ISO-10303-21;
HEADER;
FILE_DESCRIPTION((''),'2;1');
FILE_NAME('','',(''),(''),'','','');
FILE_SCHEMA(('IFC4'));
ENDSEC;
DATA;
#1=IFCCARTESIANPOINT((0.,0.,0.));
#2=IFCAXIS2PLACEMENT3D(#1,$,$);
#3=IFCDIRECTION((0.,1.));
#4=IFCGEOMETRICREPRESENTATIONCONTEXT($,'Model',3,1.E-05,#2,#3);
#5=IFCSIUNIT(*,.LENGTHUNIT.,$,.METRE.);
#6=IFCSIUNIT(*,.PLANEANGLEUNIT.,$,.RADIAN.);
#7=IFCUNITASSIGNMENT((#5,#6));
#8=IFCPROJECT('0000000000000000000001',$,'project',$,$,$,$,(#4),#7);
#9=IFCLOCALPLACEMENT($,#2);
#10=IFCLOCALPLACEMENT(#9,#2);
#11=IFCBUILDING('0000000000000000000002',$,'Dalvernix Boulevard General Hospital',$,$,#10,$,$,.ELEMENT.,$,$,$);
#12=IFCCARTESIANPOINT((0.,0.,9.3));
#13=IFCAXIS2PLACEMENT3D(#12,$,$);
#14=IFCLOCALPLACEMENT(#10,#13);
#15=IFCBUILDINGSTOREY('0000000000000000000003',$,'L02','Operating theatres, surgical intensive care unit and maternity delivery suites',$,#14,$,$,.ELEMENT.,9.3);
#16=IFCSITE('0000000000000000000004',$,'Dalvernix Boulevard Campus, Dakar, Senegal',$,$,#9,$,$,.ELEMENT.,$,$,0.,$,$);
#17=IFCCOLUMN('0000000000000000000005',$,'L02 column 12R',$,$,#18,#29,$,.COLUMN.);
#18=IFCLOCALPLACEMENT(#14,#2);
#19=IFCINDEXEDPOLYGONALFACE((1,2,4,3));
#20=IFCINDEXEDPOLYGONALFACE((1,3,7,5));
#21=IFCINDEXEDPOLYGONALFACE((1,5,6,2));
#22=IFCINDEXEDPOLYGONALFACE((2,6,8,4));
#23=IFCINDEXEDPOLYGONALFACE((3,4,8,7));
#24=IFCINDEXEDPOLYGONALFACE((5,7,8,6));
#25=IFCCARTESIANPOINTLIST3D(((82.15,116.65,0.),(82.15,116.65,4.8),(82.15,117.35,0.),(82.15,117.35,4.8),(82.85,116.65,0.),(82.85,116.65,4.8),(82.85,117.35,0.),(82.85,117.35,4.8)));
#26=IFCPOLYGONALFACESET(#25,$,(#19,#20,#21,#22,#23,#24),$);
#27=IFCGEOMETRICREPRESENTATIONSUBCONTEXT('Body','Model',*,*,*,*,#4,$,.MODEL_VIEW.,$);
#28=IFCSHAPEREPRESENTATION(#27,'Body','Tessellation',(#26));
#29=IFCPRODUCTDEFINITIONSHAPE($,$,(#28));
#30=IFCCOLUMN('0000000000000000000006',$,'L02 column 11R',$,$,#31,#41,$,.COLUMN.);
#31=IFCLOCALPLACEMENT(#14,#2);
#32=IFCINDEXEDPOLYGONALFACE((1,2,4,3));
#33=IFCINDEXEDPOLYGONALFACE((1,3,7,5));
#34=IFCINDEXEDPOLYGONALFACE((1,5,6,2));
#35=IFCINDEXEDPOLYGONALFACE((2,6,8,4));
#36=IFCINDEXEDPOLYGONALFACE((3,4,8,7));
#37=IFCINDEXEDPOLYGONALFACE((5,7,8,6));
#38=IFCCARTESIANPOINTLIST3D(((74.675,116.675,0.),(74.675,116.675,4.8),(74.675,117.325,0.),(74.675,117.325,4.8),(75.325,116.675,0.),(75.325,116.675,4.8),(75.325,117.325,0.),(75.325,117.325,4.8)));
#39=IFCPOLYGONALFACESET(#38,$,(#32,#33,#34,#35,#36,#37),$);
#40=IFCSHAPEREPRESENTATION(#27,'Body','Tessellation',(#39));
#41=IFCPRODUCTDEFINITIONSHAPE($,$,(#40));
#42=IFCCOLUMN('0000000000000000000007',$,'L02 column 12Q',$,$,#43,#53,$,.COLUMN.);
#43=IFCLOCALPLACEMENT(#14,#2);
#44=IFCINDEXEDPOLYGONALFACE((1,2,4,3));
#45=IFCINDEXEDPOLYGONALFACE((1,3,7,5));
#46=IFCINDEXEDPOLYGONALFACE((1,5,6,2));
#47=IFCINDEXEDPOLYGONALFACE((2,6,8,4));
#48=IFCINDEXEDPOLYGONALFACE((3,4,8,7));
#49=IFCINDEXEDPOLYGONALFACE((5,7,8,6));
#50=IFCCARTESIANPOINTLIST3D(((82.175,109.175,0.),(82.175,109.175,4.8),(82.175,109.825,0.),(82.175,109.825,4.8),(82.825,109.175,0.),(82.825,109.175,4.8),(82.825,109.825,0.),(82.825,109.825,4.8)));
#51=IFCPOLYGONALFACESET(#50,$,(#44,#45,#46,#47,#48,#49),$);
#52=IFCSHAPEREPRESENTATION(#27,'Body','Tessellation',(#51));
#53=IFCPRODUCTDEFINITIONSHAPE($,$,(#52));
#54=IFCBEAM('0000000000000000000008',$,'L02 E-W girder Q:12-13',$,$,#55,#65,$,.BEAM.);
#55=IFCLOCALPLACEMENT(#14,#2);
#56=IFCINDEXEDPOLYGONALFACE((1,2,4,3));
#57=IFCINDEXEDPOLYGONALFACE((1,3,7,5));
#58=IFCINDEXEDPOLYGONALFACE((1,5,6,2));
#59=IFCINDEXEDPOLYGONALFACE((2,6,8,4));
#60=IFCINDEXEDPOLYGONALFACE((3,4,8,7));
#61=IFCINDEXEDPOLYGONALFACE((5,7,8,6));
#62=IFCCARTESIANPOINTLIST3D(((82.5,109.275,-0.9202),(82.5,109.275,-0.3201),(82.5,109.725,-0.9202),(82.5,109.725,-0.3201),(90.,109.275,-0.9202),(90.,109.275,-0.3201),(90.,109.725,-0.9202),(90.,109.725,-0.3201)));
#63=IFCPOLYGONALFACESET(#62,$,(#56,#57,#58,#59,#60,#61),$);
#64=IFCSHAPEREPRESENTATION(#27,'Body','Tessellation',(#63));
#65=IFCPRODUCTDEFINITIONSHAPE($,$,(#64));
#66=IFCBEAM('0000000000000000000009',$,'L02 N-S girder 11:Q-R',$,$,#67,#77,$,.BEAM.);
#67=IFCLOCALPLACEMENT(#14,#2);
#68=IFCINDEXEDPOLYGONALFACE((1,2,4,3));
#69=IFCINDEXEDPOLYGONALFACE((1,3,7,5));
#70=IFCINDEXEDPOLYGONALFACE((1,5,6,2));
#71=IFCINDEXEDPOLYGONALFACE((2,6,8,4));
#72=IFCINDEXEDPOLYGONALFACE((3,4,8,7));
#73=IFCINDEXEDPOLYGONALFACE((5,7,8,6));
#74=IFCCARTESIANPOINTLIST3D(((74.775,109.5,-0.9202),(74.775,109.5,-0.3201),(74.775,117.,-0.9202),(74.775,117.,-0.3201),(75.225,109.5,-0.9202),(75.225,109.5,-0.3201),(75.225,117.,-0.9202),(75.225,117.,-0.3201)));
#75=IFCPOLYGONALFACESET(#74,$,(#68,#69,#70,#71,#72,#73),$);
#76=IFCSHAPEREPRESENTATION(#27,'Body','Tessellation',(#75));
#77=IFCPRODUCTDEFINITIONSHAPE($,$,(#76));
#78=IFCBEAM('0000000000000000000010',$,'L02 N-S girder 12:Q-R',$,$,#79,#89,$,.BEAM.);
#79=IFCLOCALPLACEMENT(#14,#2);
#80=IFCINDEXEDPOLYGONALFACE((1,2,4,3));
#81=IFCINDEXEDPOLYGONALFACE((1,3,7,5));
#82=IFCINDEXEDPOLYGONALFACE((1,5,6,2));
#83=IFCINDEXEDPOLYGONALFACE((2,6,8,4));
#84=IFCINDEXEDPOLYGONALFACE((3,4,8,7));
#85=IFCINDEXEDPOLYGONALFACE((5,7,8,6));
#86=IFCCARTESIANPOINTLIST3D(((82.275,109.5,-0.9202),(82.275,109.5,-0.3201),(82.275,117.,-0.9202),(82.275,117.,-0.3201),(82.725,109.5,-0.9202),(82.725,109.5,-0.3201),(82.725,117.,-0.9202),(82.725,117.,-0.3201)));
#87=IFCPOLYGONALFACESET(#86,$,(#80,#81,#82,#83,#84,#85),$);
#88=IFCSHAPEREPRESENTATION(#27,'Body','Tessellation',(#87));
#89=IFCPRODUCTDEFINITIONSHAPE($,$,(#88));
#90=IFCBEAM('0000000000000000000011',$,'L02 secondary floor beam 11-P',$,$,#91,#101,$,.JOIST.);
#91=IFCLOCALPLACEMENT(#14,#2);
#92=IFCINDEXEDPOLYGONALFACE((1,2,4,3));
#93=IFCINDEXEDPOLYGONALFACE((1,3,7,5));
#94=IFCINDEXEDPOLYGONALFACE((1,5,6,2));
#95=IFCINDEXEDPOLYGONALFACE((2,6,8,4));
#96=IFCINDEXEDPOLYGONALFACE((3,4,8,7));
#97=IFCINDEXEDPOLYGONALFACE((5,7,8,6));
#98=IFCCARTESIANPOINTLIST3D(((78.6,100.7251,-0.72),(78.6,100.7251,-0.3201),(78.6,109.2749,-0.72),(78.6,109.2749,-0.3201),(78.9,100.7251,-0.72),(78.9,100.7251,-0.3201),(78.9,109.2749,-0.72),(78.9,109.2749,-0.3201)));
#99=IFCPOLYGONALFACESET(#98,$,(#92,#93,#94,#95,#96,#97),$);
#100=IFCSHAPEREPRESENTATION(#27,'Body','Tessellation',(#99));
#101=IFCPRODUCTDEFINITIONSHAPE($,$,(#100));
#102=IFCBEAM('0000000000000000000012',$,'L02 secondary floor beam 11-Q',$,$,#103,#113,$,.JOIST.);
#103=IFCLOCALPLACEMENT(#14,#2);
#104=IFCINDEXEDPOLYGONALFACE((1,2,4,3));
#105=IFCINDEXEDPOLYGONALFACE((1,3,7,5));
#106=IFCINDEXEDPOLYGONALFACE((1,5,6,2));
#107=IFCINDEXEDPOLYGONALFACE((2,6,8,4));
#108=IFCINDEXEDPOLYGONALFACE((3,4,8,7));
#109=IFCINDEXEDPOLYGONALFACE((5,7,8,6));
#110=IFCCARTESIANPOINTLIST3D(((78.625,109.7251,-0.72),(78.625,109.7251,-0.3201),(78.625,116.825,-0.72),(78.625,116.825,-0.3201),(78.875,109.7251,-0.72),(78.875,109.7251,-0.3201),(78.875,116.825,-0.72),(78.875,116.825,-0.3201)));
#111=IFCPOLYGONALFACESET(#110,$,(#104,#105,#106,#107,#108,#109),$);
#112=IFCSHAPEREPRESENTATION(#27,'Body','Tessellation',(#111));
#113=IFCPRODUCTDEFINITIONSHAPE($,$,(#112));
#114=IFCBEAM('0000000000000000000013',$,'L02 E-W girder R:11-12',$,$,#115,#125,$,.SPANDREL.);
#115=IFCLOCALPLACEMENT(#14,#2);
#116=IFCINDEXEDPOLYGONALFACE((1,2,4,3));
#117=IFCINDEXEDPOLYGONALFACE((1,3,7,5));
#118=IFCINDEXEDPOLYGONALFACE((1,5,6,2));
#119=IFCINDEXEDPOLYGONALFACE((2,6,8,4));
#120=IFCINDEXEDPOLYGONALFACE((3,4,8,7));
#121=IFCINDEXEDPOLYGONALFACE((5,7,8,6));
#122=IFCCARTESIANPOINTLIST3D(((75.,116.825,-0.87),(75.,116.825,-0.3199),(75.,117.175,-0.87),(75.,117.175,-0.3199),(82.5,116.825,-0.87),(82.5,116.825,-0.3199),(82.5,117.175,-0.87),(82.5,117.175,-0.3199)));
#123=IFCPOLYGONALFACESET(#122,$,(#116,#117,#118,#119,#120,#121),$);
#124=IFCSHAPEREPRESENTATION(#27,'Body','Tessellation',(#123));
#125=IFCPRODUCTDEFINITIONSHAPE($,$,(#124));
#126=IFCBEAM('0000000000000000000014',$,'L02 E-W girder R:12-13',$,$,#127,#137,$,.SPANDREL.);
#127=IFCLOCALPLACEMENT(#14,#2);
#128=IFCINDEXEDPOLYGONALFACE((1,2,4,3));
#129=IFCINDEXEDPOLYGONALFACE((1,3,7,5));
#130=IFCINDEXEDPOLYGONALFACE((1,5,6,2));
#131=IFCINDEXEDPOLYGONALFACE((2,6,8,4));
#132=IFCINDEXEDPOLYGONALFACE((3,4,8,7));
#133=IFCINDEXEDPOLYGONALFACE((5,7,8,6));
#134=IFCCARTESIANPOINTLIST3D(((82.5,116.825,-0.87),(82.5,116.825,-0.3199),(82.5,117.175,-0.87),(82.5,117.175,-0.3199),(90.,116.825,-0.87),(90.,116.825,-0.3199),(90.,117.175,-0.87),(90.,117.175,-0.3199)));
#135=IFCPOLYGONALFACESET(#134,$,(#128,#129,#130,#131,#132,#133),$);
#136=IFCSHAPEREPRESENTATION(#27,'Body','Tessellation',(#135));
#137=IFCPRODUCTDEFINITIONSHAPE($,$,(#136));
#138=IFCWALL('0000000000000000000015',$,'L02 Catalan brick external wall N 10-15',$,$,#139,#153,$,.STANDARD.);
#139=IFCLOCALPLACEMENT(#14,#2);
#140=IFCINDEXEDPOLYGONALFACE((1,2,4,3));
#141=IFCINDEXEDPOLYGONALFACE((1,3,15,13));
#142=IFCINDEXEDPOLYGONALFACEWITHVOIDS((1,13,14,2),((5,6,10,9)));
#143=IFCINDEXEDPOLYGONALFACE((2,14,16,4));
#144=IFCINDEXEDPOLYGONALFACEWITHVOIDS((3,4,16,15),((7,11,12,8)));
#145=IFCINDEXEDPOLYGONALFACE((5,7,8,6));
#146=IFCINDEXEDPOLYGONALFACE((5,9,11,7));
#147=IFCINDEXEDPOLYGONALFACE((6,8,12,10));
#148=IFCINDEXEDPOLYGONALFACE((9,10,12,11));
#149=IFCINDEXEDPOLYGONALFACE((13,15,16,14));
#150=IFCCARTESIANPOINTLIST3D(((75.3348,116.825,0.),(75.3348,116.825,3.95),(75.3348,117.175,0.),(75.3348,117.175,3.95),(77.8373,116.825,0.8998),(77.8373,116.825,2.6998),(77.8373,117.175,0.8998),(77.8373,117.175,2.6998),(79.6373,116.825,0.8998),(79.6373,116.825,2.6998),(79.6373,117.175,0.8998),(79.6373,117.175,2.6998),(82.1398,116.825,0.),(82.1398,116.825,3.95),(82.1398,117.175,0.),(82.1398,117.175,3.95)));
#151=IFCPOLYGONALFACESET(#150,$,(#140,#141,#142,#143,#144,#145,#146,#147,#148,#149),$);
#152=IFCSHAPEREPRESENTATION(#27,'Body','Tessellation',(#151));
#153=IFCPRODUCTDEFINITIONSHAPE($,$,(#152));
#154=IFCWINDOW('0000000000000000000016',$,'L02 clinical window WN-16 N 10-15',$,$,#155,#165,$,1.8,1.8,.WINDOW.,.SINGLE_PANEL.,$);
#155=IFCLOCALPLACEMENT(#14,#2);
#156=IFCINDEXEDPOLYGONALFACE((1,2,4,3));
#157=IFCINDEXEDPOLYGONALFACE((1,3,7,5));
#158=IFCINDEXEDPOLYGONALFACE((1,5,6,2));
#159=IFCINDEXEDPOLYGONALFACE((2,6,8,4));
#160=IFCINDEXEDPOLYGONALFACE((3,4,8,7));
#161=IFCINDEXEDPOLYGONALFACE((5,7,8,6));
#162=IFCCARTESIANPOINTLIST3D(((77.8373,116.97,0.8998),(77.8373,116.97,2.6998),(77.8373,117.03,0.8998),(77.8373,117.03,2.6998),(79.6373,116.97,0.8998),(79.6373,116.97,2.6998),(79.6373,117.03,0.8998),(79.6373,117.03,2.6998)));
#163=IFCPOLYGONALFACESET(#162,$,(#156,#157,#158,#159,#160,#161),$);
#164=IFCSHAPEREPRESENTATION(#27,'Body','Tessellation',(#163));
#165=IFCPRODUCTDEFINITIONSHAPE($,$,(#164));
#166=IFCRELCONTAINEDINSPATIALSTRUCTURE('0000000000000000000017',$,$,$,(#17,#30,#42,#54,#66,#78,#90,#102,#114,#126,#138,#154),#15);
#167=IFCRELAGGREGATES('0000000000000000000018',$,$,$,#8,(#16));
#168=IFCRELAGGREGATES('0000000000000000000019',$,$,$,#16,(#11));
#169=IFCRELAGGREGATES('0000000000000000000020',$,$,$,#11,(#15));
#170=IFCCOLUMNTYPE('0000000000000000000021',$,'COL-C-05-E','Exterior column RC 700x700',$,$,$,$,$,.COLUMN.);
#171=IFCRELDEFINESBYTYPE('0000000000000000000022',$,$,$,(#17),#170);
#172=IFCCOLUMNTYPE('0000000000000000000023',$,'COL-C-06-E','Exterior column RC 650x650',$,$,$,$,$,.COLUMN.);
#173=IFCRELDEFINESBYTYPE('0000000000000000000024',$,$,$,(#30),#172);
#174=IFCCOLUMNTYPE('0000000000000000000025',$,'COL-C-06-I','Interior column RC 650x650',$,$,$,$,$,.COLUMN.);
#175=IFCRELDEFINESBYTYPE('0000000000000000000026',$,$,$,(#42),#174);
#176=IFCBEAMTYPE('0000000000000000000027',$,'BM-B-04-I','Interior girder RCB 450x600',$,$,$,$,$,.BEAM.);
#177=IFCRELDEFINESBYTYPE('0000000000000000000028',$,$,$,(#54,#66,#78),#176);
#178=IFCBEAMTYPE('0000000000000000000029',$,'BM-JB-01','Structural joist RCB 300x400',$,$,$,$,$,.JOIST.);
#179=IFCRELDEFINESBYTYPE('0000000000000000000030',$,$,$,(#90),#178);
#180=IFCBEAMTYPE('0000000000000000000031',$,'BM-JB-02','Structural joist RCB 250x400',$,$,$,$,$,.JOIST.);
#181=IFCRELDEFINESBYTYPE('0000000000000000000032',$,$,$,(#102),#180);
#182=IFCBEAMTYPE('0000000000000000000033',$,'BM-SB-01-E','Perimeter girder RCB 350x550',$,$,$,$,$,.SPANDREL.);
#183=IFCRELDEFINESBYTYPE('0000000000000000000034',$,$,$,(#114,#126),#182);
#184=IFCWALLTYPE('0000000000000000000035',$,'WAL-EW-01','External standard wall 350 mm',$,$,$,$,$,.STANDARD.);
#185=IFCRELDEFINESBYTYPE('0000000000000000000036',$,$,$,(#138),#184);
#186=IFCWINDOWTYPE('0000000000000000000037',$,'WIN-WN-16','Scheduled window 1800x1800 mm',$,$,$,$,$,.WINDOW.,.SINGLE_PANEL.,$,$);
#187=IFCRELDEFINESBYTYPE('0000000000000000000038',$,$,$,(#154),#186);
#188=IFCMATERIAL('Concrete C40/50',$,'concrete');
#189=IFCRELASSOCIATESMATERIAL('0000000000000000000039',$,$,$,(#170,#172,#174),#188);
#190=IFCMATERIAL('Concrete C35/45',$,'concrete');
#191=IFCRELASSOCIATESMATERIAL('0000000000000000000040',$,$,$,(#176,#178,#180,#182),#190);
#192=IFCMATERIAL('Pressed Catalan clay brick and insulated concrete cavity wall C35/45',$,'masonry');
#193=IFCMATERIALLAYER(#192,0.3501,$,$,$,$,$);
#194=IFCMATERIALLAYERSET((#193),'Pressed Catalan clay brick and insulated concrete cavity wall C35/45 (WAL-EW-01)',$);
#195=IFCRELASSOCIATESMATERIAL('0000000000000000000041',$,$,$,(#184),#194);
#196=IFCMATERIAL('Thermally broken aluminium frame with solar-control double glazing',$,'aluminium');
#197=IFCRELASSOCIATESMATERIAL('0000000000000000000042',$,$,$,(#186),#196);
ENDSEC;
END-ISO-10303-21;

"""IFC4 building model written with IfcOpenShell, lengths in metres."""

from ifc_helpers import new_model, si_unit, direction, frame, frame_2d, origin, origin_2d, place, context, subcontext, project, spatial, rectangle, extrude, material, layer, layer_set, material_profile, profile_set, type_object, element, fill, save


model = new_model("IFC4")

# Units and contexts
model_context = context("Model", 3, precision=1e-05, world=origin(), true_north=direction((0.0, 1.0)))
body_context = subcontext(model_context, "Body", "Model", "MODEL_VIEW")
ifc_project = project(units=[si_unit("LENGTHUNIT", "METRE"), si_unit("PLANEANGLEUNIT", "RADIAN")], contexts=[model_context])

# Site, building, storey
site_placement = place(None, origin())
site = spatial("IfcSite", under=ifc_project, at=site_placement, Name="Dalvernix Boulevard Campus, Dakar, Senegal", CompositionType="ELEMENT", RefElevation=0.0)
building_placement = place(site_placement, origin())
building = spatial("IfcBuilding", under=site, at=building_placement, Name="Dalvernix Boulevard General Hospital", CompositionType="ELEMENT")
storey_placement = place(building_placement, frame((0.0, 0.0, 9.3)))
storey = spatial("IfcBuildingStorey", under=building, at=storey_placement, Name="L02", Description="Operating theatres, surgical intensive care unit and maternity delivery suites", CompositionType="ELEMENT", Elevation=9.3)

# Columns
ifc_material_1 = material(Name="Concrete C40/50", Category="concrete")
ifc_material_profile_1 = material_profile(ifc_material_1, rectangle(XDim=0.7, YDim=0.7, at=origin_2d()), Name="RC 700x700")
ifc_profile_set_1 = profile_set([ifc_material_profile_1], Name="Concrete C40/50")
column_type_1 = type_object("IfcColumnType", Name="COL-C-05-E", Description="Exterior column RC 700x700", PredefinedType="COLUMN", material=ifc_profile_set_1)
column_1_placement = place(storey_placement, frame((82.5, 117.0, 0.0), z_axis=(0.0, 0.0, 1.0), x_axis=(1.0, 0.0, 0.0)))
element("IfcColumn", 1, at=column_1_placement, inside=storey, type_object=column_type_1, Name="L02 column 12R", PredefinedType="COLUMN", context=body_context, shape_type="SweptSolid", body=[
    extrude(rectangle(XDim=0.7, YDim=0.7, at=origin_2d()), origin(), (0.0, 0.0, 1.0), 4.8),
])
ifc_material_profile_2 = material_profile(ifc_material_1, rectangle(XDim=0.6499, YDim=0.6499, at=origin_2d()), Name="RC 650x650")
ifc_profile_set_2 = profile_set([ifc_material_profile_2], Name="Concrete C40/50")
column_type_2 = type_object("IfcColumnType", Name="COL-C-06-E", Description="Exterior column RC 650x650", PredefinedType="COLUMN", material=ifc_profile_set_2)
column_2_placement = place(storey_placement, frame((75.0, 117.0, 0.0), z_axis=(0.0, 0.0, 1.0), x_axis=(1.0, 0.0, 0.0)))
element("IfcColumn", 2, at=column_2_placement, inside=storey, type_object=column_type_2, Name="L02 column 11R", PredefinedType="COLUMN", context=body_context, shape_type="SweptSolid", body=[
    extrude(rectangle(XDim=0.6499, YDim=0.6499, at=origin_2d()), origin(), (0.0, 0.0, 1.0), 4.8),
])
ifc_material_profile_3 = material_profile(ifc_material_1, rectangle(XDim=0.6499, YDim=0.6499, at=origin_2d()), Name="RC 650x650")
ifc_profile_set_3 = profile_set([ifc_material_profile_3], Name="Concrete C40/50")
column_type_3 = type_object("IfcColumnType", Name="COL-C-06-I", Description="Interior column RC 650x650", PredefinedType="COLUMN", material=ifc_profile_set_3)
column_3_placement = place(storey_placement, frame((82.5, 109.5, 0.0), z_axis=(0.0, 0.0, 1.0), x_axis=(1.0, 0.0, 0.0)))
element("IfcColumn", 3, at=column_3_placement, inside=storey, type_object=column_type_3, Name="L02 column 12Q", PredefinedType="COLUMN", context=body_context, shape_type="SweptSolid", body=[
    extrude(rectangle(XDim=0.6499, YDim=0.6499, at=origin_2d()), origin(), (0.0, 0.0, 1.0), 4.8),
])

# Beams
ifc_material_2 = material(Name="Concrete C35/45", Category="concrete")
ifc_material_profile_4 = material_profile(ifc_material_2, rectangle(XDim=0.45, YDim=0.6001, at=origin_2d()), Name="RCB 450x600")
ifc_profile_set_4 = profile_set([ifc_material_profile_4], Name="Concrete C35/45")
beam_type_1 = type_object("IfcBeamType", Name="BM-B-04-I", Description="Interior girder RCB 450x600", PredefinedType="BEAM", material=ifc_profile_set_4)
for number, where, z_axis, x_axis, name in (
    (4, (82.5, 109.5, -0.6201), (1.0, 0.0, 0.0), (0.0, 1.0, 0.0), "L02 E-W girder Q:12-13"),
    (5, (75.0, 109.5, -0.6201), (0.0, 1.0, 0.0), (-1.0, 0.0, 0.0), "L02 N-S girder 11:Q-R"),
    (6, (82.5, 109.5, -0.6201), (0.0, 1.0, 0.0), (-1.0, 0.0, 0.0), "L02 N-S girder 12:Q-R"),
):
    element("IfcBeam", number, at=place(storey_placement, frame(where, z_axis=z_axis, x_axis=x_axis)), inside=storey, type_object=beam_type_1, Name=name, PredefinedType="BEAM", context=body_context, shape_type="SweptSolid", body=[
        extrude(rectangle(XDim=0.45, YDim=0.6001, at=origin_2d()), origin(), (0.0, 0.0, 1.0), 7.5),
    ])
ifc_material_profile_5 = material_profile(ifc_material_2, rectangle(XDim=0.3, YDim=0.3999, at=origin_2d()), Name="RCB 300x400")
ifc_profile_set_5 = profile_set([ifc_material_profile_5], Name="Concrete C35/45")
beam_type_2 = type_object("IfcBeamType", Name="BM-JB-01", Description="Structural joist RCB 300x400", PredefinedType="JOIST", material=ifc_profile_set_5)
beam_1_placement = place(storey_placement, frame((78.75, 100.7251, -0.52), z_axis=(0.0, 1.0, 0.0), x_axis=(-1.0, 0.0, 0.0)))
element("IfcBeam", 7, at=beam_1_placement, inside=storey, type_object=beam_type_2, Name="L02 secondary floor beam 11-P", PredefinedType="JOIST", context=body_context, shape_type="SweptSolid", body=[
    extrude(rectangle(XDim=0.3, YDim=0.3999, at=origin_2d()), origin(), (0.0, 0.0, 1.0), 8.5498),
])
ifc_material_profile_6 = material_profile(ifc_material_2, rectangle(XDim=0.25, YDim=0.3999, at=origin_2d()), Name="RCB 250x400")
ifc_profile_set_6 = profile_set([ifc_material_profile_6], Name="Concrete C35/45")
beam_type_3 = type_object("IfcBeamType", Name="BM-JB-02", Description="Structural joist RCB 250x400", PredefinedType="JOIST", material=ifc_profile_set_6)
beam_2_placement = place(storey_placement, frame((78.75, 109.7251, -0.52), z_axis=(0.0, 1.0, 0.0), x_axis=(-1.0, 0.0, 0.0)))
element("IfcBeam", 8, at=beam_2_placement, inside=storey, type_object=beam_type_3, Name="L02 secondary floor beam 11-Q", PredefinedType="JOIST", context=body_context, shape_type="SweptSolid", body=[
    extrude(rectangle(XDim=0.25, YDim=0.3999, at=origin_2d()), origin(), (0.0, 0.0, 1.0), 7.0999),
])
ifc_material_profile_7 = material_profile(ifc_material_2, rectangle(XDim=0.3501, YDim=0.55, at=origin_2d()), Name="RCB 350x550")
ifc_profile_set_7 = profile_set([ifc_material_profile_7], Name="Concrete C35/45")
beam_type_4 = type_object("IfcBeamType", Name="BM-SB-01-E", Description="Perimeter girder RCB 350x550", PredefinedType="SPANDREL", material=ifc_profile_set_7)
for number, where, z_axis, x_axis, name in (
    (9, (75.0, 117.0, -0.595), (1.0, 0.0, 0.0), (0.0, 1.0, 0.0), "L02 E-W girder R:11-12"),
    (10, (82.5, 117.0, -0.595), (1.0, 0.0, 0.0), (0.0, 1.0, 0.0), "L02 E-W girder R:12-13"),
):
    element("IfcBeam", number, at=place(storey_placement, frame(where, z_axis=z_axis, x_axis=x_axis)), inside=storey, type_object=beam_type_4, Name=name, PredefinedType="SPANDREL", context=body_context, shape_type="SweptSolid", body=[
        extrude(rectangle(XDim=0.3501, YDim=0.55, at=origin_2d()), origin(), (0.0, 0.0, 1.0), 7.5),
    ])

# Wall, opening, window
ifc_material_3 = material(Name="Pressed Catalan clay brick and insulated concrete cavity wall C35/45", Category="masonry")
ifc_layer_1 = layer(ifc_material_3, 0.3501)
ifc_layer_set_1 = layer_set([ifc_layer_1], Name="Pressed Catalan clay brick and insulated concrete cavity wall C35/45 (WAL-EW-01)")
wall_type_1 = type_object("IfcWallType", Name="WAL-EW-01", Description="External standard wall 350 mm", PredefinedType="STANDARD", material=ifc_layer_set_1)
wall_1_placement = place(storey_placement, frame((75.335, 117.0, 0.0), z_axis=(0.0, 0.0, 1.0), x_axis=(1.0, 0.0, 0.0)))
wall_1 = element("IfcWall", 11, at=wall_1_placement, inside=storey, type_object=wall_type_1, Name="L02 Catalan brick external wall N 10-15", PredefinedType="STANDARD", context=body_context, shape_type="SweptSolid", body=[
    extrude(rectangle(XDim=6.8049, YDim=0.3501, at=frame_2d((3.4023, 0.0))), origin(), (0.0, 0.0, 1.0), 3.95),
])
opening_1_placement = place(wall_1_placement, frame((2.5024, 0.0, 0.8999)))
opening_1 = element("IfcOpeningElement", 12, at=opening_1_placement, cuts=wall_1, PredefinedType="OPENING", context=body_context, shape_type="SweptSolid", body=[
    extrude(rectangle(XDim=1.8, YDim=1.8, at=frame_2d((0.8999, 0.8999))), frame((0.0, 0.1851, 0.0), z_axis=(0.0, -1.0, 0.0), x_axis=(1.0, 0.0, 0.0)), (0.0, 0.0, 1.0), 0.3701),
])
ifc_material_4 = material(Name="Thermally broken aluminium frame with solar-control double glazing", Category="aluminium")
window_type_1 = type_object("IfcWindowType", Name="WIN-WN-16", Description="Scheduled window 1800x1800 mm", PartitioningType="SINGLE_PANEL", PredefinedType="WINDOW", material=ifc_material_4)
window_1_placement = place(opening_1_placement, origin())
window_1 = element("IfcWindow", 13, at=window_1_placement, inside=storey, type_object=window_type_1, Name="L02 clinical window WN-16 N 10-15", OverallHeight=1.8, OverallWidth=1.8, PartitioningType="SINGLE_PANEL", PredefinedType="WINDOW", context=body_context, shape_type="SweptSolid", body=[
    extrude(rectangle(XDim=1.8, YDim=1.8, at=frame_2d((0.8999, 0.8999))), frame((0.0, 0.03, 0.0), z_axis=(0.0, -1.0, 0.0), x_axis=(1.0, 0.0, 0.0)), (0.0, 0.0, 1.0), 0.0601),
])
fill(opening_1, window_1)

save(model, "model.ifc")
